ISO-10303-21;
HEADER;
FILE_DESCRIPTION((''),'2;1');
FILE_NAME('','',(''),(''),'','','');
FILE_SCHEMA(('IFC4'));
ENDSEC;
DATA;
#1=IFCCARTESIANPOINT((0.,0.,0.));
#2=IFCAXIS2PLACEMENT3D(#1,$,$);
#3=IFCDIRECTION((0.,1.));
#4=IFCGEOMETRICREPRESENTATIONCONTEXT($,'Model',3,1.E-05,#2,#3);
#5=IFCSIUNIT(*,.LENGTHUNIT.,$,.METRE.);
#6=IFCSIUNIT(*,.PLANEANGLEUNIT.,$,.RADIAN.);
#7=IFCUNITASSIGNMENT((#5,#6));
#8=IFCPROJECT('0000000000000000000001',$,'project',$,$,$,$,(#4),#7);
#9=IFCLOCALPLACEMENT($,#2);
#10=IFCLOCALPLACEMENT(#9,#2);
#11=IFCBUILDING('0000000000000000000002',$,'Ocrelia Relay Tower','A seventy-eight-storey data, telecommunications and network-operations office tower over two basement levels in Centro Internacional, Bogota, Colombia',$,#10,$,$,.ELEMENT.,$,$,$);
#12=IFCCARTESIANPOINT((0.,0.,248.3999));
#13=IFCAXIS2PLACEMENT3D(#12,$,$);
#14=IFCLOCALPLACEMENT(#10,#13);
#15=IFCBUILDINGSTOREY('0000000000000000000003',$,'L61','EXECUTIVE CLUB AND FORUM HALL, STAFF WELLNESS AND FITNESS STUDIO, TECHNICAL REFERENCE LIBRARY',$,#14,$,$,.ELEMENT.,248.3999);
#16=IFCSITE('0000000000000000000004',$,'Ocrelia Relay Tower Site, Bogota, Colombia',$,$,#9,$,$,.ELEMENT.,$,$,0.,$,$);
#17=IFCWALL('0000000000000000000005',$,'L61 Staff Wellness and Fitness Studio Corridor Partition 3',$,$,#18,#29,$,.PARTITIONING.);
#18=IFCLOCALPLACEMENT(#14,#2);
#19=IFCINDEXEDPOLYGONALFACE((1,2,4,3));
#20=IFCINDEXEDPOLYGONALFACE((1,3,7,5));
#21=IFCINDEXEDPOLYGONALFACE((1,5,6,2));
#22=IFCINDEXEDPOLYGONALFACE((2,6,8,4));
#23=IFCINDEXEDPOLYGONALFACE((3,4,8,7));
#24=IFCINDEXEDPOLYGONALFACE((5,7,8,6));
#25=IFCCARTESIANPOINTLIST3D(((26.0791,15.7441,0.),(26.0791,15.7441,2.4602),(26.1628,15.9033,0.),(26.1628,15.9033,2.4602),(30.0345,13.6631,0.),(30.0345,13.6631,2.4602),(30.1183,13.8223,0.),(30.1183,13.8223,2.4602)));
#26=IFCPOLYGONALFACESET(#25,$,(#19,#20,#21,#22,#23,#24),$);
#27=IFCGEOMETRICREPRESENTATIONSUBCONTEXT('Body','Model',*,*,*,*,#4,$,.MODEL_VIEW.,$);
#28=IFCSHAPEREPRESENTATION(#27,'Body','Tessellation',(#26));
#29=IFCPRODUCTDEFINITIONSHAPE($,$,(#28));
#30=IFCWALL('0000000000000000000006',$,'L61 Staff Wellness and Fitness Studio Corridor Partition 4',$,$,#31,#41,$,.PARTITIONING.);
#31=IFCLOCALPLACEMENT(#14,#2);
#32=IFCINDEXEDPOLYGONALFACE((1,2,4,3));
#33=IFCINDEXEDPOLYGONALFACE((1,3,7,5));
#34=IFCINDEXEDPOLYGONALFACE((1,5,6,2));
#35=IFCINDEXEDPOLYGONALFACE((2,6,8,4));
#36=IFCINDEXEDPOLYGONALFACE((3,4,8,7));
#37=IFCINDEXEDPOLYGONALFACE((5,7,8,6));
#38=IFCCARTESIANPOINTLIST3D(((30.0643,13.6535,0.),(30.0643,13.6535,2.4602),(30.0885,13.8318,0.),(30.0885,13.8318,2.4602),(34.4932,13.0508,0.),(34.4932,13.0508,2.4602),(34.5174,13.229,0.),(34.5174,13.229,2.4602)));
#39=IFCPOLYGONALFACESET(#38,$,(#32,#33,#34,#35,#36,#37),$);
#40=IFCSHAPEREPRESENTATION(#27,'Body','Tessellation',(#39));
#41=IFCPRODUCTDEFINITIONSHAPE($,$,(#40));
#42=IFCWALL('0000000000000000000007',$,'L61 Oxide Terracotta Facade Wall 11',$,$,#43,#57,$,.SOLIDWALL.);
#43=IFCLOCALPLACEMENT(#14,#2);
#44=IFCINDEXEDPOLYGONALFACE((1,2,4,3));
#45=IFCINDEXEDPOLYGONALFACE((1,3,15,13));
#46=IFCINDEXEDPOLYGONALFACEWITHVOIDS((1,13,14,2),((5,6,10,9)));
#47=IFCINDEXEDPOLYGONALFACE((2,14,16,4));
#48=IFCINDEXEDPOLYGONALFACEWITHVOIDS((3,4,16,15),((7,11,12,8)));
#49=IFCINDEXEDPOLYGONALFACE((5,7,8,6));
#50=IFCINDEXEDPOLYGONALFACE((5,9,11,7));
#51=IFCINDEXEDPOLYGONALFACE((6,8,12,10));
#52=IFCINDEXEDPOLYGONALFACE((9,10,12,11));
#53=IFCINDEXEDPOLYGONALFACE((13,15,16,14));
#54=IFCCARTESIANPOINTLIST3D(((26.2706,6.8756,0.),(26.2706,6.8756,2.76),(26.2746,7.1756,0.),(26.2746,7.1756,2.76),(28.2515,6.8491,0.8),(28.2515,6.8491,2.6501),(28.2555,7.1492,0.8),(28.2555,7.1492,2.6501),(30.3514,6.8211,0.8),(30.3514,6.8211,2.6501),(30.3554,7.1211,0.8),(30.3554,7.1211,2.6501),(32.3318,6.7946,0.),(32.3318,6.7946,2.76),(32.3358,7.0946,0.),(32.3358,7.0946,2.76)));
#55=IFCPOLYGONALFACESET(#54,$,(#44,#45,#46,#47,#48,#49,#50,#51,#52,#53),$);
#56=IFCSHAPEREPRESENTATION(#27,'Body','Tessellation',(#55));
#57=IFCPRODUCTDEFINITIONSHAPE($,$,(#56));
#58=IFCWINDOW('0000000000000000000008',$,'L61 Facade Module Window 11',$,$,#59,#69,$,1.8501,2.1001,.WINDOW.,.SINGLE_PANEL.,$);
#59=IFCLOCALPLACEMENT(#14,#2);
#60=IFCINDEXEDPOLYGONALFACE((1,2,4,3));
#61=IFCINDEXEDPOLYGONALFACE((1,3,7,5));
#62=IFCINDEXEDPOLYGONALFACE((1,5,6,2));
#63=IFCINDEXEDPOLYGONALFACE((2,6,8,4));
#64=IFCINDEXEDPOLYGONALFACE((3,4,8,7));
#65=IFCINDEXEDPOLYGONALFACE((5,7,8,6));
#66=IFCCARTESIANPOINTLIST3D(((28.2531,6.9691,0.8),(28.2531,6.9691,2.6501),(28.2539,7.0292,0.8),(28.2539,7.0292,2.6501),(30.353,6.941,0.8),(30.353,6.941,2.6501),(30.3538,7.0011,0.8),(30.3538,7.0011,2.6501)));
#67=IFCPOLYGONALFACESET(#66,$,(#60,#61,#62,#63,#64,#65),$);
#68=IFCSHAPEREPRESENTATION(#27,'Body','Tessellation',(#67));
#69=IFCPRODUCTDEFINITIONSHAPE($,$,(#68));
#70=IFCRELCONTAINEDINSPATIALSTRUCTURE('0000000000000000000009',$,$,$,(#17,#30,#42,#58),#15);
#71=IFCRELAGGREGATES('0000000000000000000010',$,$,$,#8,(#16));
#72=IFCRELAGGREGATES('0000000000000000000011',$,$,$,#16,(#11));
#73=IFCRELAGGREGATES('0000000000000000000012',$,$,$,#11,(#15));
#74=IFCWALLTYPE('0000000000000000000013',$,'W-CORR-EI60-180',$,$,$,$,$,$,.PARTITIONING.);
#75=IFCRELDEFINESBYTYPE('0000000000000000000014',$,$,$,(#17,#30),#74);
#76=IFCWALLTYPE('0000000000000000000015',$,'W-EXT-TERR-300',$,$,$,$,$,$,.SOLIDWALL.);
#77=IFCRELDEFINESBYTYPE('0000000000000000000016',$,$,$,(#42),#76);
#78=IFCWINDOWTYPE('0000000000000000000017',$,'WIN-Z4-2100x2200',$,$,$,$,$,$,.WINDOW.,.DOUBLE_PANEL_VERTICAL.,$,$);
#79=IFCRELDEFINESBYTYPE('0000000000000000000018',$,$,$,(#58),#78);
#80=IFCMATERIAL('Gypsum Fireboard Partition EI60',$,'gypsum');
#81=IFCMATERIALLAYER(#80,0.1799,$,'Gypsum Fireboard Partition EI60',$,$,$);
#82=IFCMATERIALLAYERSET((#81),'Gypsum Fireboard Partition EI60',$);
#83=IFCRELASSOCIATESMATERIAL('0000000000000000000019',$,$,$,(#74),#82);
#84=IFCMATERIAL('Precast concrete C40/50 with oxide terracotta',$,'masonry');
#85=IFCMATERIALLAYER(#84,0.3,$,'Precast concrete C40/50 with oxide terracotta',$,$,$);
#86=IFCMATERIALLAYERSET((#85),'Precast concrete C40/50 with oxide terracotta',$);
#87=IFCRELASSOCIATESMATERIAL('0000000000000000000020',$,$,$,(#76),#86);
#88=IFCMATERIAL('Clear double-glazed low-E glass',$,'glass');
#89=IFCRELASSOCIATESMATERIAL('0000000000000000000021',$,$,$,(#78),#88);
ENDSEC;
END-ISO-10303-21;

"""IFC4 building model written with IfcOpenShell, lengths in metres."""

from ifc_helpers import new_model, si_unit, direction, frame, frame_2d, origin, place, context, subcontext, project, spatial, rectangle, extrude, material, layer, layer_set, type_object, element, fill, save


model = new_model("IFC4")

# Units and contexts
model_context = context("Model", 3, precision=1e-05, world=origin(), true_north=direction((0.0, 1.0)))
body_context = subcontext(model_context, "Body", "Model", "MODEL_VIEW")
ifc_project = project(units=[si_unit("LENGTHUNIT", "METRE"), si_unit("PLANEANGLEUNIT", "RADIAN")], contexts=[model_context])

# Site, building, storey
site_placement = place(None, origin())
site = spatial("IfcSite", under=ifc_project, at=site_placement, Name="Ocrelia Relay Tower Site, Bogota, Colombia", CompositionType="ELEMENT", RefElevation=0.0)
building_placement = place(site_placement, origin())
building = spatial("IfcBuilding", under=site, at=building_placement, Name="Ocrelia Relay Tower", Description="A seventy-eight-storey data, telecommunications and network-operations office tower over two basement levels in Centro Internacional, Bogota, Colombia", CompositionType="ELEMENT")
storey_placement = place(building_placement, frame((0.0, 0.0, 248.3999)))
storey = spatial("IfcBuildingStorey", under=building, at=storey_placement, Name="L61", Description="EXECUTIVE CLUB AND FORUM HALL, STAFF WELLNESS AND FITNESS STUDIO, TECHNICAL REFERENCE LIBRARY", CompositionType="ELEMENT", Elevation=248.3999)

# Shared definitions
ifc_material_1 = material(Name="Clear double-glazed low-E glass", Category="glass")

# Shared definitions
ifc_material_2 = material(Name="Gypsum Fireboard Partition EI60", Category="gypsum")
ifc_layer_1 = layer(ifc_material_2, 0.1799, Name="Gypsum Fireboard Partition EI60")
ifc_layer_set_1 = layer_set([ifc_layer_1], Name="Gypsum Fireboard Partition EI60")
wall_type_1 = type_object("IfcWallType", Name="W-CORR-EI60-180", PredefinedType="PARTITIONING", material=ifc_layer_set_1)

# Walls
wall_1_placement = place(storey_placement, frame((26.1208, 15.8237, 0.0), z_axis=(0.0, 0.0, 1.0), x_axis=(0.884994, -0.465602, 0.0)))
element("IfcWall", 1, at=wall_1_placement, inside=storey, type_object=wall_type_1, Name="L61 Staff Wellness and Fitness Studio Corridor Partition 3", PredefinedType="PARTITIONING", context=body_context, shape_type="SweptSolid", body=[
    extrude(rectangle(XDim=4.4695, YDim=0.1799, at=frame_2d((2.2349, 0.0))), origin(), (0.0, 0.0, 1.0), 2.4602),
])
wall_2_placement = place(storey_placement, frame((30.0764, 13.7427, 0.0), z_axis=(0.0, 0.0, 1.0), x_axis=(0.990865, -0.134857, 0.0)))
element("IfcWall", 2, at=wall_2_placement, inside=storey, type_object=wall_type_1, Name="L61 Staff Wellness and Fitness Studio Corridor Partition 4", PredefinedType="PARTITIONING", context=body_context, shape_type="SweptSolid", body=[
    extrude(rectangle(XDim=4.4697, YDim=0.1799, at=frame_2d((2.2349, 0.0))), origin(), (0.0, 0.0, 1.0), 2.4602),
])

# Wall, opening, window
ifc_material_3 = material(Name="Precast concrete C40/50 with oxide terracotta", Category="masonry")
ifc_layer_2 = layer(ifc_material_3, 0.3, Name="Precast concrete C40/50 with oxide terracotta")
ifc_layer_set_2 = layer_set([ifc_layer_2], Name="Precast concrete C40/50 with oxide terracotta")
wall_type_2 = type_object("IfcWallType", Name="W-EXT-TERR-300", PredefinedType="SOLIDWALL", material=ifc_layer_set_2)
wall_3_placement = place(storey_placement, frame((26.2727, 7.0256, 0.0), z_axis=(0.0, 0.0, 1.0), x_axis=(0.999911, -0.013371, 0.0)))
wall_3 = element("IfcWall", 3, at=wall_3_placement, inside=storey, type_object=wall_type_2, Name="L61 Oxide Terracotta Facade Wall 11", PredefinedType="SOLIDWALL", context=body_context, shape_type="SweptSolid", body=[
    extrude(rectangle(XDim=6.0618, YDim=0.3, at=frame_2d((3.0308, 0.0))), origin(), (0.0, 0.0, 1.0), 2.76),
])
opening_1_placement = place(wall_3_placement, frame((1.981, 0.0, 0.8)))
opening_1 = element("IfcOpeningElement", 4, at=opening_1_placement, cuts=wall_3, PredefinedType="OPENING", context=body_context, shape_type="SweptSolid", body=[
    extrude(rectangle(XDim=2.1001, YDim=1.8501, at=frame_2d((1.05, 0.925))), frame((0.0, 0.1602, 0.0), z_axis=(0.0, -1.0, 0.0), x_axis=(1.0, 0.0, 0.0)), (0.0, 0.0, 1.0), 0.3201),
])
window_type = type_object("IfcWindowType", Name="WIN-Z4-2100x2200", PartitioningType="DOUBLE_PANEL_VERTICAL", PredefinedType="WINDOW", material=ifc_material_1)
window_placement = place(opening_1_placement, origin())
window = element("IfcWindow", 5, at=window_placement, inside=storey, type_object=window_type, Name="L61 Facade Module Window 11", OverallHeight=1.8501, OverallWidth=2.1001, PartitioningType="SINGLE_PANEL", PredefinedType="WINDOW", context=body_context, shape_type="SweptSolid", body=[
    extrude(rectangle(XDim=2.1001, YDim=1.8501, at=frame_2d((1.05, 0.925))), frame((0.0, 0.03, 0.0), z_axis=(0.0, -1.0, 0.0), x_axis=(1.0, 0.0, 0.0)), (0.0, 0.0, 1.0), 0.0601),
])
fill(opening_1, window)

save(model, "model.ifc")
